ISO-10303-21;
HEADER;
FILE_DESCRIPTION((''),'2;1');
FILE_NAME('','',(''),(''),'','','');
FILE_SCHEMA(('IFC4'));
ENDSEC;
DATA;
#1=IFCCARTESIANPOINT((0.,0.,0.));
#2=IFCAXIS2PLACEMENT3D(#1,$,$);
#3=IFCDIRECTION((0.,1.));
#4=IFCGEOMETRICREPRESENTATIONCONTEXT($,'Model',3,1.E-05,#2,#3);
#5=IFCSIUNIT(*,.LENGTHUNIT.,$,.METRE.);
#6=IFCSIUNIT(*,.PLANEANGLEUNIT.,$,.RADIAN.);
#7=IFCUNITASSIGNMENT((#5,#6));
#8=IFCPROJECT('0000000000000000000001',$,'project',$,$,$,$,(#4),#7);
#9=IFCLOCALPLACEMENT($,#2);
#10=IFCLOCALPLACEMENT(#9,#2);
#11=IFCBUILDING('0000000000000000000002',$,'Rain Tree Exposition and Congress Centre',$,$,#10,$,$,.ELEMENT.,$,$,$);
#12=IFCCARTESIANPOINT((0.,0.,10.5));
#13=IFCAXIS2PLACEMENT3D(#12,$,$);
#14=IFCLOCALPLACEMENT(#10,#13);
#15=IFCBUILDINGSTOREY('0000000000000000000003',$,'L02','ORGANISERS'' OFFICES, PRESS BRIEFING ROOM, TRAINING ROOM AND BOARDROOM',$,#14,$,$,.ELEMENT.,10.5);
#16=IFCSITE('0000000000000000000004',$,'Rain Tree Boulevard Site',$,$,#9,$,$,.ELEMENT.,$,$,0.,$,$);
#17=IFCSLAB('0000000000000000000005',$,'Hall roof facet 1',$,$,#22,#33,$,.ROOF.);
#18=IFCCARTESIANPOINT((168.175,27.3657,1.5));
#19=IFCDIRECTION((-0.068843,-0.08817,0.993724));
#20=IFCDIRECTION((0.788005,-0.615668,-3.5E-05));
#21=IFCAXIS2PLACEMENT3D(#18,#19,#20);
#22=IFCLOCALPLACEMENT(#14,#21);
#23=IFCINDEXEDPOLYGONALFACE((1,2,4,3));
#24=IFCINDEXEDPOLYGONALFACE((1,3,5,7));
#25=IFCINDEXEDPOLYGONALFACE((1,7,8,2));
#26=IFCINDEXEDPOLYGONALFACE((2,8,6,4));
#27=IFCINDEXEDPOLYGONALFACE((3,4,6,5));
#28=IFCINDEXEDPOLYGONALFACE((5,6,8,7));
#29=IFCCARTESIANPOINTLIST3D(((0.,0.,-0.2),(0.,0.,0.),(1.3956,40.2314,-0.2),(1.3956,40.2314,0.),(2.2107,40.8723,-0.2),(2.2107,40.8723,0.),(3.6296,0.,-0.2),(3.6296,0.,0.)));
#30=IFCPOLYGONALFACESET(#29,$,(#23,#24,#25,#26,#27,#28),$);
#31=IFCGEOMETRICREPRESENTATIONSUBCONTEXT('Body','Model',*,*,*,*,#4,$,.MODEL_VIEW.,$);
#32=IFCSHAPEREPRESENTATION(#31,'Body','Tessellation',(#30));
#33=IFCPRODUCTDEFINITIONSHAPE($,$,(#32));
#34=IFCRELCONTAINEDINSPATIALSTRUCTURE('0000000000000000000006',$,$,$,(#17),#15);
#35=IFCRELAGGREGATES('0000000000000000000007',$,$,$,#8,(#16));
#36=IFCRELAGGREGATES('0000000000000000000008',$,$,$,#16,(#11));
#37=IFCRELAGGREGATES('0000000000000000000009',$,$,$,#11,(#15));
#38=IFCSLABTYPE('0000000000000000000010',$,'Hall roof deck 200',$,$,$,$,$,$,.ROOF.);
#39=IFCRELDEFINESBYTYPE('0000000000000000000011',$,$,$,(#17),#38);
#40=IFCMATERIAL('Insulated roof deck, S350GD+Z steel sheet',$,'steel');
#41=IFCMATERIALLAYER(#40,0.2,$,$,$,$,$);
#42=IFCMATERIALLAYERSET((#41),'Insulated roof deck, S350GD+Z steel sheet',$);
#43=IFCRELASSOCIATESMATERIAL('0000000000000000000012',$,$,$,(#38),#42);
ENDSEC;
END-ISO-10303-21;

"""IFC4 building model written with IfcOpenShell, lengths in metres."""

from ifc_helpers import new_model, si_unit, direction, frame, origin, place, context, subcontext, project, spatial, polyline, outline, extrude, material, layer, layer_set, type_object, element, save


model = new_model("IFC4")

# Units and contexts
model_context = context("Model", 3, precision=1e-05, world=origin(), true_north=direction((0.0, 1.0)))
body_context = subcontext(model_context, "Body", "Model", "MODEL_VIEW")
ifc_project = project(units=[si_unit("LENGTHUNIT", "METRE"), si_unit("PLANEANGLEUNIT", "RADIAN")], contexts=[model_context])

# Site, building, storey
site_placement = place(None, origin())
site = spatial("IfcSite", under=ifc_project, at=site_placement, Name="Rain Tree Boulevard Site", CompositionType="ELEMENT", RefElevation=0.0)
building_placement = place(site_placement, origin())
building = spatial("IfcBuilding", under=site, at=building_placement, Name="Rain Tree Exposition and Congress Centre", CompositionType="ELEMENT")
storey_placement = place(building_placement, frame((0.0, 0.0, 10.5)))
storey = spatial("IfcBuildingStorey", under=building, at=storey_placement, Name="L02", Description="ORGANISERS' OFFICES, PRESS BRIEFING ROOM, TRAINING ROOM AND BOARDROOM", CompositionType="ELEMENT", Elevation=10.5)

# Slab
ifc_material_1 = material(Name="Insulated roof deck, S350GD+Z steel sheet", Category="steel")
ifc_layer_1 = layer(ifc_material_1, 0.2)
ifc_layer_set_1 = layer_set([ifc_layer_1], Name="Insulated roof deck, S350GD+Z steel sheet")
slab_type = type_object("IfcSlabType", Name="Hall roof deck 200", PredefinedType="ROOF", material=ifc_layer_set_1)
slab_placement = place(storey_placement, frame((168.175, 27.3657, 1.5), z_axis=(-0.068843, -0.08817, 0.993724), x_axis=(0.788005, -0.615668, -0.000035)))
element("IfcSlab", 1, at=slab_placement, inside=storey, type_object=slab_type, Name="Hall roof facet 1", PredefinedType="ROOF", context=body_context, shape_type="SweptSolid", body=[
    extrude(outline(polyline([(0.0, 0.0), (3.6296, 0.0), (2.2107, 40.8723), (1.3956, 40.2314), (0.0, 0.0)])), origin(), (0.0, 0.0, -1.0), 0.2),
])

save(model, "model.ifc")
